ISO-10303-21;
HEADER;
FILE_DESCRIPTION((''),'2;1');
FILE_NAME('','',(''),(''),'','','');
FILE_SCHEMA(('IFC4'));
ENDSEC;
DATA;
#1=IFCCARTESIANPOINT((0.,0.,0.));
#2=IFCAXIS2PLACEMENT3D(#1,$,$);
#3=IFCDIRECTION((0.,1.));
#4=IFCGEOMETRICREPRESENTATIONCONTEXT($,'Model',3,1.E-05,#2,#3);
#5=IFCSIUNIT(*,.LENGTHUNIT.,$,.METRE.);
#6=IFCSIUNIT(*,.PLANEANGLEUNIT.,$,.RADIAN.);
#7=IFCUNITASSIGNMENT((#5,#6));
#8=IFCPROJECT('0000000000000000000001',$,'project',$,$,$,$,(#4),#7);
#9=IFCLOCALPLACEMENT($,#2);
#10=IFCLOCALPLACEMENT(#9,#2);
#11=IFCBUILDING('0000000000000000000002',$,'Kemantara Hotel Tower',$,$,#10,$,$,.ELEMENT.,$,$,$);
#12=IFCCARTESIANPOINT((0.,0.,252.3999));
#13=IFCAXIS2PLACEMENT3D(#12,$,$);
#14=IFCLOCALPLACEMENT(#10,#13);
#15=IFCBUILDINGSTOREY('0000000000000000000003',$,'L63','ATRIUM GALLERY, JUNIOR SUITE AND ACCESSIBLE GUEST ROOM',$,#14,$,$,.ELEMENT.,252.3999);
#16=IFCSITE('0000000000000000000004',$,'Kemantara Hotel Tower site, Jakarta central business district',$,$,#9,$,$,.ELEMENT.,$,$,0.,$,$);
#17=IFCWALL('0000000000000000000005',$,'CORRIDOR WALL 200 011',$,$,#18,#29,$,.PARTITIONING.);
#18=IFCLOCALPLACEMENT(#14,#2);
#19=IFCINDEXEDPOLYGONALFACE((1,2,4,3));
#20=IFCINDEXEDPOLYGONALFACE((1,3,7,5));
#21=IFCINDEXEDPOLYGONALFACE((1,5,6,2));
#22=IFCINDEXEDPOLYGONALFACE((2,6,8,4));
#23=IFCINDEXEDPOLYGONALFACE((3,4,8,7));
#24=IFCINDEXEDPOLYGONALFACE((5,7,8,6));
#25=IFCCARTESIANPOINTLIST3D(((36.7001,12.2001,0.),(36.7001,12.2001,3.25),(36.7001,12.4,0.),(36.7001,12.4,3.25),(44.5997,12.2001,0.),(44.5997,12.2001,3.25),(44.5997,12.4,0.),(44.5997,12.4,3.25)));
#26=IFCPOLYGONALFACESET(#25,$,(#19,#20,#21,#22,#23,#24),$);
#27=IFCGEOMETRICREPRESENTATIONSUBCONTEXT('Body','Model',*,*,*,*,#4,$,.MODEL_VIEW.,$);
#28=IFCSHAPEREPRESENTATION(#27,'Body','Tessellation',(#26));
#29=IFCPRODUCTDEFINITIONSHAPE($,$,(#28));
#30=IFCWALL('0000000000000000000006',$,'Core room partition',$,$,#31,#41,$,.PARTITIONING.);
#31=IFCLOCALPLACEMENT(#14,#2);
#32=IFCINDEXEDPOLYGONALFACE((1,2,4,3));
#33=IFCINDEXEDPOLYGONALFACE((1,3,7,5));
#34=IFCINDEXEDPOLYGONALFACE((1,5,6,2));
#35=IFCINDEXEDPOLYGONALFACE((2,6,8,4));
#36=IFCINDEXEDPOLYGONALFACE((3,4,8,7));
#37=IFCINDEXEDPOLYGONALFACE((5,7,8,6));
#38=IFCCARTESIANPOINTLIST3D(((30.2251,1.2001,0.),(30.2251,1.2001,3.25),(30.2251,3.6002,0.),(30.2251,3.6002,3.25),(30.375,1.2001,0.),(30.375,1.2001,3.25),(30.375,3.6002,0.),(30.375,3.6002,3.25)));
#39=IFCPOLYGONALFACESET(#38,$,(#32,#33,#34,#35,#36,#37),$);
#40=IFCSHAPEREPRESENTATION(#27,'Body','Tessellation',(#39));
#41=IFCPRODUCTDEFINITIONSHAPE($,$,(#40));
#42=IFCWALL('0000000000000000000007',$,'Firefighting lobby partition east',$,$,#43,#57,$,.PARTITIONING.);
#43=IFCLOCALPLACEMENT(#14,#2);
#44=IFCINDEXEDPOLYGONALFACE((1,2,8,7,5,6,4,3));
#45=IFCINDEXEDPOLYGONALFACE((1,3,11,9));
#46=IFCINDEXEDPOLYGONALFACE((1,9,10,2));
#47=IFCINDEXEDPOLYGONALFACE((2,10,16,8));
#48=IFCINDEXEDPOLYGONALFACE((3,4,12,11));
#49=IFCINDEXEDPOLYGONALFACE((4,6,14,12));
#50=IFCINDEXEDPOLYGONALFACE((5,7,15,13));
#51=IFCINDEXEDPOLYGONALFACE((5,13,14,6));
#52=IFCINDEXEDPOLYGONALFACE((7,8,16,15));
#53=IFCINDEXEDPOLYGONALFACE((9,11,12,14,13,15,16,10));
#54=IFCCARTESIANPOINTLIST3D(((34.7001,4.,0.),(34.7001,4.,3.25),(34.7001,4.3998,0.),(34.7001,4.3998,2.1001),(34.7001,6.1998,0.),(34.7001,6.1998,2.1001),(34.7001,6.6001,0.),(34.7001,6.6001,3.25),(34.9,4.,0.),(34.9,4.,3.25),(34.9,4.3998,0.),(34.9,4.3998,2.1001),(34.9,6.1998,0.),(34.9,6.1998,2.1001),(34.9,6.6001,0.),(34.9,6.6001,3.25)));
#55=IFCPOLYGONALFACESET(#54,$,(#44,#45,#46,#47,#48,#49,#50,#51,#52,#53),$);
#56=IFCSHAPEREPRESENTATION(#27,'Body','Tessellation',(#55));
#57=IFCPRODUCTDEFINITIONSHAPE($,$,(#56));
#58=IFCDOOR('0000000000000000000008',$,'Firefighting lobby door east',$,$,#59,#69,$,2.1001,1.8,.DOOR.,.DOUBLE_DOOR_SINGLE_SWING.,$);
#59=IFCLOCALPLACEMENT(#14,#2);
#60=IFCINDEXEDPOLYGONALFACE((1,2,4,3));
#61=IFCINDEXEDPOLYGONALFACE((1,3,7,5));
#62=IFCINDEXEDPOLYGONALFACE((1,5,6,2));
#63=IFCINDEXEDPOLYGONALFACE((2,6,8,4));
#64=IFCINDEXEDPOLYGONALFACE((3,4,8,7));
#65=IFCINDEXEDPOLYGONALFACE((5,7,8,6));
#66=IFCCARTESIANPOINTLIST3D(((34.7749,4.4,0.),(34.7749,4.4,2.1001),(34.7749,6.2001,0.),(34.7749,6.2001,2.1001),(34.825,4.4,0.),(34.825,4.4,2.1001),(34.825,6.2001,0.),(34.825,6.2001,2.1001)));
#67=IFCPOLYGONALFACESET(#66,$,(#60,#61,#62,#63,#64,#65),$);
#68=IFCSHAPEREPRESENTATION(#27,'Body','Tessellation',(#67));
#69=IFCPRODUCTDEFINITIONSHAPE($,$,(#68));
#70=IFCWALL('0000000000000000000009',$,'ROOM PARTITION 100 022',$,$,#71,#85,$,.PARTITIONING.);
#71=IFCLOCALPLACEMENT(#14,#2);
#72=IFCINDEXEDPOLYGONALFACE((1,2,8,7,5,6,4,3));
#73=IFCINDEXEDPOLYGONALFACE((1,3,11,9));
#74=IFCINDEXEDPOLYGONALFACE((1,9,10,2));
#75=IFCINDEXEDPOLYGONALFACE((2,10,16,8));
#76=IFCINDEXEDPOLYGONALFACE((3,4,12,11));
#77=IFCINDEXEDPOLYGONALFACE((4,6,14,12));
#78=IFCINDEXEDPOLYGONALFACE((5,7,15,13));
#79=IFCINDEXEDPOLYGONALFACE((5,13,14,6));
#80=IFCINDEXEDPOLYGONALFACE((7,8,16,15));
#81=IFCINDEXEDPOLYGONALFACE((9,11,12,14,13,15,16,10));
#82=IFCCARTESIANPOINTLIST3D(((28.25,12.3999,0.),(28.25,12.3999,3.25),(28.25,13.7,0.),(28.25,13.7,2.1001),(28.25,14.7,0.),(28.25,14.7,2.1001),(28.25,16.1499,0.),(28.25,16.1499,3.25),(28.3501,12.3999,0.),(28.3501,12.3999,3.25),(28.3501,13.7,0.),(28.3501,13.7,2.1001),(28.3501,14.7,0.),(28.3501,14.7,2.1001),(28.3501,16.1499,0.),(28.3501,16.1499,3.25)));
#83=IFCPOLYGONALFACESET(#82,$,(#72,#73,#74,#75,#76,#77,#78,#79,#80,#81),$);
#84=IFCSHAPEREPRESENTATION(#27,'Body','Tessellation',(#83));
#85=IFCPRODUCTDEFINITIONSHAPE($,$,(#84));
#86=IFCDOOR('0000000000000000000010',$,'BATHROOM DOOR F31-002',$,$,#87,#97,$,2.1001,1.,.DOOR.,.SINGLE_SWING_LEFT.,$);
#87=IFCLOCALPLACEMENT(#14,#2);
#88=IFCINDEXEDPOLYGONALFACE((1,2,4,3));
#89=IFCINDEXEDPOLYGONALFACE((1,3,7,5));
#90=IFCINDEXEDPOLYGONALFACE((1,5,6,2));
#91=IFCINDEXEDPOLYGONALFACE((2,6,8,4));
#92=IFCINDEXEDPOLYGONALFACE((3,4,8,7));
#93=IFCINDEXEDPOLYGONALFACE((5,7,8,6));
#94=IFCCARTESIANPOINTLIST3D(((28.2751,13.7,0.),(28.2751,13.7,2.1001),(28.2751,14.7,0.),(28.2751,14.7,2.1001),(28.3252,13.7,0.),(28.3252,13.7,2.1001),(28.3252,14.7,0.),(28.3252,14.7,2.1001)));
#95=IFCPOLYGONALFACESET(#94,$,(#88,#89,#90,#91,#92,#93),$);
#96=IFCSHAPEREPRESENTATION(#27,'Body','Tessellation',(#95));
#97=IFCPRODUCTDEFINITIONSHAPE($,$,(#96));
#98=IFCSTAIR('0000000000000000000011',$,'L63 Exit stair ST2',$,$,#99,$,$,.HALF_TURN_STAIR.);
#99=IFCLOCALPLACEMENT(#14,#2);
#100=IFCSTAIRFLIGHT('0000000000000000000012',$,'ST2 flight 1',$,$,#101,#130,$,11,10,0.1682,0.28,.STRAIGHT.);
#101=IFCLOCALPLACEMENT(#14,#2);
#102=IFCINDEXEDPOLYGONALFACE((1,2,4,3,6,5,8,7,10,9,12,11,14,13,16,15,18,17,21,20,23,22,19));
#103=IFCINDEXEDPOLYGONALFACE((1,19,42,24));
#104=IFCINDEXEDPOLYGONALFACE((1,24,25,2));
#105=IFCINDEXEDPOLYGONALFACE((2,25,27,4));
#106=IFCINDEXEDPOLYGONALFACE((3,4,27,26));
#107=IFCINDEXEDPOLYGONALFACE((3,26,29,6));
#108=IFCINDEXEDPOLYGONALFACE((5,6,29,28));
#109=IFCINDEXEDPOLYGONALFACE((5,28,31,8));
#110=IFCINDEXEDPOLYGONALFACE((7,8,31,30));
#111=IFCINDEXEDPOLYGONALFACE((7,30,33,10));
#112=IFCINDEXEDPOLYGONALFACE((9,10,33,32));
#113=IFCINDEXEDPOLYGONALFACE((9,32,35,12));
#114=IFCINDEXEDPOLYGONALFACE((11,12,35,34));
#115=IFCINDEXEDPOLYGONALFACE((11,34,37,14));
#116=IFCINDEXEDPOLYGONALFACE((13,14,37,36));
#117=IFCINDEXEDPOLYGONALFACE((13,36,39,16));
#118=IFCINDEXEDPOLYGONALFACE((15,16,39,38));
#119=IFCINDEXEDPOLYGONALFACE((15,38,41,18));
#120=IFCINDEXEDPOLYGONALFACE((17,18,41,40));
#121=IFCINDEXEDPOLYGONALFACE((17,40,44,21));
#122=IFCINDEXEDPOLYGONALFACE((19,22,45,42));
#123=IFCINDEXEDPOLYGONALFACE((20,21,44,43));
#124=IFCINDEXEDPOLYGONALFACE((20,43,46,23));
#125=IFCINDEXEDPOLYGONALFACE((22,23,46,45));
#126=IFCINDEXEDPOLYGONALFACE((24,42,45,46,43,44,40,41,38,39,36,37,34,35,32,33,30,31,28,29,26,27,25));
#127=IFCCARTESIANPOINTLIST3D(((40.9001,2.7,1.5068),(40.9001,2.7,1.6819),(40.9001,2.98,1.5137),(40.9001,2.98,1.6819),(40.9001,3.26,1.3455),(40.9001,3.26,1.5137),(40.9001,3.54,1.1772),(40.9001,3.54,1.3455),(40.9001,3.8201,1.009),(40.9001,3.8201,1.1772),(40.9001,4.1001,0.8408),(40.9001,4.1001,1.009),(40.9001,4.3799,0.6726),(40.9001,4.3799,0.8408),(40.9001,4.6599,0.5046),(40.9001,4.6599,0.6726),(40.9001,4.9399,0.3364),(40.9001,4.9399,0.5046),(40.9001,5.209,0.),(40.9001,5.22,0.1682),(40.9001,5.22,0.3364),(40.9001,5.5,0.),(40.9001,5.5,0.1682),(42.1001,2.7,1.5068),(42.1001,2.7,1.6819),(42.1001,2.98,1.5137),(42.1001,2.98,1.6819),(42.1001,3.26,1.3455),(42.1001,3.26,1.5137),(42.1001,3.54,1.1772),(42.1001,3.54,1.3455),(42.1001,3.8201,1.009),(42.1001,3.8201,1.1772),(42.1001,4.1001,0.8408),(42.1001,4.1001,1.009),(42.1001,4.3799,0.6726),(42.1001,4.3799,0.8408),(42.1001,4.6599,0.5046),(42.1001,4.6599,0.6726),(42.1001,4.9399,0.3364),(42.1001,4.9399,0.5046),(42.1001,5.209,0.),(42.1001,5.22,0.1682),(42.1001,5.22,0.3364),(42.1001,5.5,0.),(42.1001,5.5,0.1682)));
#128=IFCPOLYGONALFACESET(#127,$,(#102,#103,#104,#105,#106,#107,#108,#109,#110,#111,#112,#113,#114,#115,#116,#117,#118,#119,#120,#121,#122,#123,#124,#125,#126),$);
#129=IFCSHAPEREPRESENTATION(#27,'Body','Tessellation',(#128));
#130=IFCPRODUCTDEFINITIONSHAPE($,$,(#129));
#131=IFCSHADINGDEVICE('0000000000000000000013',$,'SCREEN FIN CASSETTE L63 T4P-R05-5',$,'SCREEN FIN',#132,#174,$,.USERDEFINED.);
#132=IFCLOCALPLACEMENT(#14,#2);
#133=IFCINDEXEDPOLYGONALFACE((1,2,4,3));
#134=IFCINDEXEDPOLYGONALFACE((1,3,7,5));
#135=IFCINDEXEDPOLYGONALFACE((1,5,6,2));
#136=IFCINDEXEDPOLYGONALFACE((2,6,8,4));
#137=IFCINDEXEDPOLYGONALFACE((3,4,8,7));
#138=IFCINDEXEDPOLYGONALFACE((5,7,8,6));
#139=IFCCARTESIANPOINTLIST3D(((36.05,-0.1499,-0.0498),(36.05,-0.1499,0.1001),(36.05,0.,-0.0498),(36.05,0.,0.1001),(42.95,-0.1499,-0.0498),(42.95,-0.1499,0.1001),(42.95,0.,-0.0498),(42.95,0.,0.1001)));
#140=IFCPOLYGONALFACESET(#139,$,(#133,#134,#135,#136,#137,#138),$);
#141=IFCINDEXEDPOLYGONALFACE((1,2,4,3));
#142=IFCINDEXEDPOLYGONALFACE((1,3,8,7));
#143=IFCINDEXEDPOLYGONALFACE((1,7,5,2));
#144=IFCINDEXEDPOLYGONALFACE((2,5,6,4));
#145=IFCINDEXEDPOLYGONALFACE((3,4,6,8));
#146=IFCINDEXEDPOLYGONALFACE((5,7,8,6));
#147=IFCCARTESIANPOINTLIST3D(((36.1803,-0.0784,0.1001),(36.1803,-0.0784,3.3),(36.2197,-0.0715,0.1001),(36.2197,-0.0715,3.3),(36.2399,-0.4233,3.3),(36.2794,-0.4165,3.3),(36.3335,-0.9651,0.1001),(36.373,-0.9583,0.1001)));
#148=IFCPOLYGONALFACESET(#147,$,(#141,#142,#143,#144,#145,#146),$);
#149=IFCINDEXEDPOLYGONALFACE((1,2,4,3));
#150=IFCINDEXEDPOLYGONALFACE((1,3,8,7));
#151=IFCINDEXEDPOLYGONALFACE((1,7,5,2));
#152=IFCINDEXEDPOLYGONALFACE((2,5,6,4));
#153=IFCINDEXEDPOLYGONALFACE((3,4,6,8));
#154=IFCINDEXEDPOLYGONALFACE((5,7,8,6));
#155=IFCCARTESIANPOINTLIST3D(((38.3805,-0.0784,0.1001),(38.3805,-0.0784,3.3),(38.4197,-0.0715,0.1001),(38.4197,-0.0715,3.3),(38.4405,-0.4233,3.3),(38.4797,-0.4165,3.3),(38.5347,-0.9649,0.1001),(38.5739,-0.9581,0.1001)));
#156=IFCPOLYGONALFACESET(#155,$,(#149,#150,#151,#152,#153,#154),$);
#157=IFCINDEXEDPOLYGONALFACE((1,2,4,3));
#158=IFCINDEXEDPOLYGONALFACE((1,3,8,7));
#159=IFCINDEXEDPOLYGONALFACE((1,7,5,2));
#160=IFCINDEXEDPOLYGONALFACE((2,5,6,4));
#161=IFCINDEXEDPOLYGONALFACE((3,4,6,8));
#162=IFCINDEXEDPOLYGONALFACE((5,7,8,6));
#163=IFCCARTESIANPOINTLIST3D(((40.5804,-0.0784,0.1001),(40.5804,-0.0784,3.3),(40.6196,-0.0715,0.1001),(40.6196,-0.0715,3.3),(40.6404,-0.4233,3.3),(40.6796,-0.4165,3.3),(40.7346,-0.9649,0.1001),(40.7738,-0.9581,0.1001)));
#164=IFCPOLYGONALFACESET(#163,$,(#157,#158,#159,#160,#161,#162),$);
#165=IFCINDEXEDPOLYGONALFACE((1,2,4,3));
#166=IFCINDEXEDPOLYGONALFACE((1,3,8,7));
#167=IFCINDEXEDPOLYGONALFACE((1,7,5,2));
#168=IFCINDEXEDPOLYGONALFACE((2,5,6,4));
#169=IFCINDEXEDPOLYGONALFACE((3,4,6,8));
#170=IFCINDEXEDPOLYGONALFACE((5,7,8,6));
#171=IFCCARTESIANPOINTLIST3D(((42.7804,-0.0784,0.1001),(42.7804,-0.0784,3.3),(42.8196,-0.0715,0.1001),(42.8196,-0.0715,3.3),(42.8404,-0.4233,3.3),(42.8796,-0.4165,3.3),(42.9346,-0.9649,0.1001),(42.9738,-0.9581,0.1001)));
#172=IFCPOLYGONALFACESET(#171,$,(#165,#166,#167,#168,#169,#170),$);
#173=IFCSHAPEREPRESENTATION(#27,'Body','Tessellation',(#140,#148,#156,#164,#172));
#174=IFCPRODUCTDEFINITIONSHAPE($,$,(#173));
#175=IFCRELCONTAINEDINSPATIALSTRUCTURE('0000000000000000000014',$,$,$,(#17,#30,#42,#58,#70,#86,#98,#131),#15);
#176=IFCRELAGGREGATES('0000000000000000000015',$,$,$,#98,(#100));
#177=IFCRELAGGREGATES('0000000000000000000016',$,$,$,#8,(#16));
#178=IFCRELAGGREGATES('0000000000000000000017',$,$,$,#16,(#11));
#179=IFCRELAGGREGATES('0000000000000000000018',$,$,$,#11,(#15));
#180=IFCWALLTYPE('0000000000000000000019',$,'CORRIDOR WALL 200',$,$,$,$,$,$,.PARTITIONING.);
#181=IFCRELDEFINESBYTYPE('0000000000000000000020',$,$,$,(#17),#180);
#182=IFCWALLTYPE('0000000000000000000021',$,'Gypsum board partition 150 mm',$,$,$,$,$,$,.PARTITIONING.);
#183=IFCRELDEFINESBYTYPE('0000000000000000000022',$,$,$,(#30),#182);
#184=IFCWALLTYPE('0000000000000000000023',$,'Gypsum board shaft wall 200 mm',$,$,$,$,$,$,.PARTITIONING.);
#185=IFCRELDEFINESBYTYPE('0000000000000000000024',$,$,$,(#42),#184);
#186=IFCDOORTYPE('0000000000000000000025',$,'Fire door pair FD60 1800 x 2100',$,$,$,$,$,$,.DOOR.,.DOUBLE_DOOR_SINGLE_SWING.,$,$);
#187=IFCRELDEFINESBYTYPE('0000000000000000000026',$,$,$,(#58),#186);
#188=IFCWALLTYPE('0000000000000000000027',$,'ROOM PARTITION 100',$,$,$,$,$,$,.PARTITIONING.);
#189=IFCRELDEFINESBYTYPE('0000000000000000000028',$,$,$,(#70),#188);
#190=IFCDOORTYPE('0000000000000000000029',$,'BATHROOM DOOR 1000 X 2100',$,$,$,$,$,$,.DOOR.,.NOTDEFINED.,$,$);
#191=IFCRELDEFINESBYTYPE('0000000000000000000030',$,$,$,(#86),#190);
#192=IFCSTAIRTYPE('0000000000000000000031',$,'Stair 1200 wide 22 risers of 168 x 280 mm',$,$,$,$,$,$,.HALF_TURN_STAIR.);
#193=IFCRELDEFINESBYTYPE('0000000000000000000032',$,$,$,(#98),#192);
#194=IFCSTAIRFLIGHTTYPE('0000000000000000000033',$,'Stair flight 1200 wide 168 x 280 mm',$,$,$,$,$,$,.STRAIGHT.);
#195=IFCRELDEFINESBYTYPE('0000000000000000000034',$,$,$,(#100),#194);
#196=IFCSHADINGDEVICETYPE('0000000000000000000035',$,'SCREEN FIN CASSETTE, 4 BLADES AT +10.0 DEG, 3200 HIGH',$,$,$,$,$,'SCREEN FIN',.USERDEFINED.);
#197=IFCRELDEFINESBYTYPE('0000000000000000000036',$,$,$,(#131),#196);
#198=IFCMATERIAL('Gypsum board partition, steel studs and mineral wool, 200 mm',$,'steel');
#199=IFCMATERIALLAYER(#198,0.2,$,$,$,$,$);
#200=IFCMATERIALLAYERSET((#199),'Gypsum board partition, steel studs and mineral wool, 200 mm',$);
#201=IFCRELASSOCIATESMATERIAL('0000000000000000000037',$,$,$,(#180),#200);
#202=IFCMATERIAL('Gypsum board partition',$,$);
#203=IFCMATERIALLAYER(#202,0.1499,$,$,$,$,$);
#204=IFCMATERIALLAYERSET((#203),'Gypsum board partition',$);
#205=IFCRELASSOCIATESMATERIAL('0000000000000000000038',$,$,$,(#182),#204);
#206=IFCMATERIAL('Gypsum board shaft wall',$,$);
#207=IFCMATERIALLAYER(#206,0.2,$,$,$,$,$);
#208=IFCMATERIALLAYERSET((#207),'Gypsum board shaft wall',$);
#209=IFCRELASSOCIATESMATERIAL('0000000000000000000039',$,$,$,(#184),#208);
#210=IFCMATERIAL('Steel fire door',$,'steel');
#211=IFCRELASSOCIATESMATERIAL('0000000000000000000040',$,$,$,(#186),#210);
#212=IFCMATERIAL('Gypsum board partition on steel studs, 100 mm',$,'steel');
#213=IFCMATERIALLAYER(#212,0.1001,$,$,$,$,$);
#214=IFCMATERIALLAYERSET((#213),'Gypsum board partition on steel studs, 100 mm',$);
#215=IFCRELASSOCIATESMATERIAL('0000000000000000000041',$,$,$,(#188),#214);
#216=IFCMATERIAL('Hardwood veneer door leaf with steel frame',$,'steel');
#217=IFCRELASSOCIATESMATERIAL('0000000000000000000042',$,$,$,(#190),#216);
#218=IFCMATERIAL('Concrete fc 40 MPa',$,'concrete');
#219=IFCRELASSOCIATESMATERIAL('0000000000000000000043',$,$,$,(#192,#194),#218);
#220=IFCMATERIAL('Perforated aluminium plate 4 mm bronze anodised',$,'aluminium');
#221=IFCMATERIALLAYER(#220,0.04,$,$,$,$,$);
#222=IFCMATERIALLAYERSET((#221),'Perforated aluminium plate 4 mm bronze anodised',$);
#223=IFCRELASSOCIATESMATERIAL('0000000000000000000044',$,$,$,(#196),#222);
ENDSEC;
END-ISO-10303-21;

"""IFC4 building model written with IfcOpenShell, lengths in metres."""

from ifc_helpers import new_model, si_unit, direction, frame, frame_2d, origin, origin_2d, place, context, subcontext, project, spatial, polyline, rectangle, outline, extrude, source, transform, mapped, material, layer, layer_set, type_object, element, fill, aggregate, save


model = new_model("IFC4")

# Units and contexts
model_context = context("Model", 3, precision=1e-05, world=origin(), true_north=direction((0.0, 1.0)))
body_context = subcontext(model_context, "Body", "Model", "MODEL_VIEW")
ifc_project = project(units=[si_unit("LENGTHUNIT", "METRE"), si_unit("PLANEANGLEUNIT", "RADIAN")], contexts=[model_context])

# Site, building, storey
site_placement = place(None, origin())
site = spatial("IfcSite", under=ifc_project, at=site_placement, Name="Kemantara Hotel Tower site, Jakarta central business district", CompositionType="ELEMENT", RefElevation=0.0)
building_placement = place(site_placement, origin())
building = spatial("IfcBuilding", under=site, at=building_placement, Name="Kemantara Hotel Tower", CompositionType="ELEMENT")
storey_placement = place(building_placement, frame((0.0, 0.0, 252.3999)))
storey = spatial("IfcBuildingStorey", under=building, at=storey_placement, Name="L63", Description="ATRIUM GALLERY, JUNIOR SUITE AND ACCESSIBLE GUEST ROOM", CompositionType="ELEMENT", Elevation=252.3999)

# Shared definitions
ifc_material_1 = material(Name="Steel fire door", Category="steel")

# Shared definitions
ifc_material_2 = material(Name="Gypsum board partition, steel studs and mineral wool, 200 mm", Category="steel")
ifc_layer_1 = layer(ifc_material_2, 0.2)
ifc_layer_set_1 = layer_set([ifc_layer_1], Name="Gypsum board partition, steel studs and mineral wool, 200 mm")
wall_type_1 = type_object("IfcWallType", Name="CORRIDOR WALL 200", PredefinedType="PARTITIONING", material=ifc_layer_set_1)
ifc_material_3 = material(Name="Hardwood veneer door leaf with steel frame", Category="steel")

# Walls
wall_1_placement = place(storey_placement, frame((36.7002, 12.3, 0.0), z_axis=(0.0, 0.0, 1.0), x_axis=(1.0, 0.0, 0.0)))
element("IfcWall", 1, at=wall_1_placement, inside=storey, type_object=wall_type_1, Name="CORRIDOR WALL 200 011", PredefinedType="PARTITIONING", context=body_context, shape_type="SweptSolid", body=[
    extrude(rectangle(XDim=7.8997, YDim=0.2, at=frame_2d((3.9497, 0.0))), origin(), (0.0, 0.0, 1.0), 3.25),
])
ifc_material_4 = material(Name="Gypsum board partition")
ifc_layer_2 = layer(ifc_material_4, 0.1499)
ifc_layer_set_2 = layer_set([ifc_layer_2], Name="Gypsum board partition")
wall_type_2 = type_object("IfcWallType", Name="Gypsum board partition 150 mm", PredefinedType="PARTITIONING", material=ifc_layer_set_2)
wall_2_placement = place(storey_placement, frame((30.3, 1.2, 0.0), z_axis=(0.0, 0.0, 1.0), x_axis=(0.0, 1.0, 0.0)))
element("IfcWall", 2, at=wall_2_placement, inside=storey, type_object=wall_type_2, Name="Core room partition", PredefinedType="PARTITIONING", context=body_context, shape_type="SweptSolid", body=[
    extrude(rectangle(XDim=2.4001, YDim=0.1499, at=frame_2d((1.2002, 0.0))), origin(), (0.0, 0.0, 1.0), 3.25),
])

# Walls, openings, doors
ifc_material_5 = material(Name="Gypsum board shaft wall")
ifc_layer_3 = layer(ifc_material_5, 0.2)
ifc_layer_set_3 = layer_set([ifc_layer_3], Name="Gypsum board shaft wall")
wall_type_3 = type_object("IfcWallType", Name="Gypsum board shaft wall 200 mm", PredefinedType="PARTITIONING", material=ifc_layer_set_3)
wall_3_placement = place(storey_placement, frame((34.8, 4.0, 0.0), z_axis=(0.0, 0.0, 1.0), x_axis=(0.0, 1.0, 0.0)))
wall_3 = element("IfcWall", 3, at=wall_3_placement, inside=storey, type_object=wall_type_3, Name="Firefighting lobby partition east", PredefinedType="PARTITIONING", context=body_context, shape_type="SweptSolid", body=[
    extrude(rectangle(XDim=2.6001, YDim=0.2, at=frame_2d((1.3, 0.0))), origin(), (0.0, 0.0, 1.0), 3.25),
])
opening_1_placement = place(wall_3_placement, frame((0.3999, 0.0, 0.0)))
opening_1 = element("IfcOpeningElement", 4, at=opening_1_placement, cuts=wall_3, PredefinedType="OPENING", context=body_context, shape_type="SweptSolid", body=[
    extrude(rectangle(XDim=1.8, YDim=2.1001, at=frame_2d((0.8999, 1.05))), frame((0.0, 0.1099, 0.0), z_axis=(0.0, -1.0, 0.0), x_axis=(1.0, 0.0, 0.0)), (0.0, 0.0, 1.0), 0.22),
])
door_type_1 = type_object("IfcDoorType", Name="Fire door pair FD60 1800 x 2100", OperationType="DOUBLE_DOOR_SINGLE_SWING", PredefinedType="DOOR", material=ifc_material_1)
door_1_placement = place(opening_1_placement, frame((1.8, 0.0, 0.0), z_axis=(0.0, 0.0, 1.0), x_axis=(-1.0, 0.0, 0.0)))
door_1 = element("IfcDoor", 5, at=door_1_placement, inside=storey, type_object=door_type_1, Name="Firefighting lobby door east", OperationType="DOUBLE_DOOR_SINGLE_SWING", OverallHeight=2.1001, OverallWidth=1.8, PredefinedType="DOOR", context=body_context, shape_type="SweptSolid", body=[
    extrude(rectangle(XDim=1.8, YDim=2.1001, at=frame_2d((0.8999, 1.05))), frame((0.0, 0.0249, 0.0), z_axis=(0.0, -1.0, 0.0), x_axis=(1.0, 0.0, 0.0)), (0.0, 0.0, 1.0), 0.05),
])
fill(opening_1, door_1)
ifc_material_6 = material(Name="Gypsum board partition on steel studs, 100 mm", Category="steel")
ifc_layer_4 = layer(ifc_material_6, 0.1001)
ifc_layer_set_4 = layer_set([ifc_layer_4], Name="Gypsum board partition on steel studs, 100 mm")
wall_type_4 = type_object("IfcWallType", Name="ROOM PARTITION 100", PredefinedType="PARTITIONING", material=ifc_layer_set_4)
wall_4_placement = place(storey_placement, frame((28.3, 12.3999, 0.0), z_axis=(0.0, 0.0, 1.0), x_axis=(0.0, 1.0, 0.0)))
wall_4 = element("IfcWall", 6, at=wall_4_placement, inside=storey, type_object=wall_type_4, Name="ROOM PARTITION 100 022", PredefinedType="PARTITIONING", context=body_context, shape_type="SweptSolid", body=[
    extrude(rectangle(XDim=3.75, YDim=0.1001, at=frame_2d((1.875, 0.0))), origin(), (0.0, 0.0, 1.0), 3.25),
])
opening_2_placement = place(wall_4_placement, frame((1.3, 0.0, 0.0)))
opening_2 = element("IfcOpeningElement", 7, at=opening_2_placement, cuts=wall_4, PredefinedType="OPENING", context=body_context, shape_type="SweptSolid", body=[
    extrude(rectangle(XDim=1.0, YDim=2.1001, at=frame_2d((0.5, 1.05))), frame((0.0, 0.0601, 0.0), z_axis=(0.0, -1.0, 0.0), x_axis=(1.0, 0.0, 0.0)), (0.0, 0.0, 1.0), 0.1201),
])
door_type_2 = type_object("IfcDoorType", Name="BATHROOM DOOR 1000 X 2100", OperationType="NOTDEFINED", PredefinedType="DOOR", material=ifc_material_3)
door_2_placement = place(opening_2_placement, origin())
door_2 = element("IfcDoor", 8, at=door_2_placement, inside=storey, type_object=door_type_2, Name="BATHROOM DOOR F31-002", OperationType="SINGLE_SWING_LEFT", OverallHeight=2.1001, OverallWidth=1.0, PredefinedType="DOOR", context=body_context, shape_type="SweptSolid", body=[
    extrude(rectangle(XDim=1.0, YDim=2.1001, at=frame_2d((0.5, 1.05))), frame((0.0, 0.0249, 0.0), z_axis=(0.0, -1.0, 0.0), x_axis=(1.0, 0.0, 0.0)), (0.0, 0.0, 1.0), 0.05),
])
fill(opening_2, door_2)

# Stair, stair flight
ifc_material_7 = material(Name="Concrete fc 40 MPa", Category="concrete")
stair_type = type_object("IfcStairType", Name="Stair 1200 wide 22 risers of 168 x 280 mm", PredefinedType="HALF_TURN_STAIR", material=ifc_material_7)
stair_placement = place(storey_placement, origin())
stair = element("IfcStair", 9, at=stair_placement, inside=storey, type_object=stair_type, Name="L63 Exit stair ST2", PredefinedType="HALF_TURN_STAIR")
stair_flight_type = type_object("IfcStairFlightType", Name="Stair flight 1200 wide 168 x 280 mm", PredefinedType="STRAIGHT", material=ifc_material_7)
stair_flight_placement = place(storey_placement, frame((41.5, 5.5, 0.0), z_axis=(0.0, 0.0, 1.0), x_axis=(0.0, -1.0, 0.0)))
stair_flight = element("IfcStairFlight", 10, at=stair_flight_placement, type_object=stair_flight_type, Name="ST2 flight 1", NumberOfRisers=11, NumberOfTreads=10, PredefinedType="STRAIGHT", RiserHeight=0.1682, TreadLength=0.28, context=body_context, shape_type="SweptSolid", body=[
    extrude(outline(polyline([(0.0, 0.0), (0.0, 0.1682), (0.28, 0.1682), (0.28, 0.3364), (0.5601, 0.3364), (0.5601, 0.5046), (0.8401, 0.5046), (0.8401, 0.6726), (1.1201, 0.6726), (1.1201, 0.8408), (1.3999, 0.8408), (1.3999, 1.009), (1.6799, 1.009), (1.6799, 1.1772), (1.96, 1.1772), (1.96, 1.3455), (2.24, 1.3455), (2.24, 1.5137), (2.52, 1.5137), (2.52, 1.6819), (2.8, 1.6819), (2.8, 1.8501), (2.8, 1.5068), (0.291, 0.0), (0.0, 0.0)])), frame((0.0, 0.6001, 0.0), z_axis=(0.0, -1.0, 0.0), x_axis=(1.0, 0.0, 0.0)), (0.0, 0.0, 1.0), 1.2),
])
aggregate(stair, [stair_flight])

# Shading device
ifc_material_8 = material(Name="Perforated aluminium plate 4 mm bronze anodised", Category="aluminium")
ifc_layer_5 = layer(ifc_material_8, 0.04)
ifc_layer_set_5 = layer_set([ifc_layer_5], Name="Perforated aluminium plate 4 mm bronze anodised")
shading_device_type = type_object("IfcShadingDeviceType", Name="SCREEN FIN CASSETTE, 4 BLADES AT +10.0 DEG, 3200 HIGH", ElementType="SCREEN FIN", PredefinedType="USERDEFINED", material=ifc_layer_set_5)
shared_shape = source(origin(), body_context, "Body", "SweptSolid", [
    extrude(rectangle(XDim=6.8999, YDim=0.1499, at=origin_2d()), frame((3.3, -0.075, -0.1499), z_axis=(0.0, 0.0, 1.0), x_axis=(1.0, 0.0, 0.0)), (0.0, 0.0, 1.0), 0.1499),
    extrude(outline(polyline([(0.0, 0.0), (0.8999, 0.0), (0.3501, 3.2), (0.0, 3.2), (0.0, 0.0)])), frame((0.0198, -0.0715, 0.0), z_axis=(-0.98539, -0.170314, 0.0), x_axis=(0.170314, -0.98539, 0.0)), (0.0, 0.0, 1.0), 0.04),
    extrude(outline(polyline([(0.0, 0.0), (0.8999, 0.0), (0.3501, 3.2), (0.0, 3.2), (0.0, 0.0)])), frame((2.2197, -0.0715, 0.0), z_axis=(-0.985212, -0.171341, 0.0), x_axis=(0.171341, -0.985212, 0.0)), (0.0, 0.0, 1.0), 0.0398),
    extrude(outline(polyline([(0.0, 0.0), (0.8999, 0.0), (0.3501, 3.2), (0.0, 3.2), (0.0, 0.0)])), frame((4.4197, -0.0715, 0.0), z_axis=(-0.985212, -0.171341, 0.0), x_axis=(0.171341, -0.985212, 0.0)), (0.0, 0.0, 1.0), 0.0398),
    extrude(outline(polyline([(0.0, 0.0), (0.8999, 0.0), (0.3501, 3.2), (0.0, 3.2), (0.0, 0.0)])), frame((6.6196, -0.0715, 0.0), z_axis=(-0.985212, -0.171341, 0.0), x_axis=(0.171341, -0.985212, 0.0)), (0.0, 0.0, 1.0), 0.0398),
])
shading_device_placement = place(storey_placement, frame((36.2, 0.0, 0.1001), z_axis=(0.0, 0.0, 1.0), x_axis=(1.0, 0.0, 0.0)))
element("IfcShadingDevice", 11, at=shading_device_placement, inside=storey, type_object=shading_device_type, Name="SCREEN FIN CASSETTE L63 T4P-R05-5", ObjectType="SCREEN FIN", PredefinedType="USERDEFINED", context=body_context, shape_type="MappedRepresentation", body=[
    mapped(shared_shape, transform((0.0, 0.0, 0.0))),
])

save(model, "model.ifc")
